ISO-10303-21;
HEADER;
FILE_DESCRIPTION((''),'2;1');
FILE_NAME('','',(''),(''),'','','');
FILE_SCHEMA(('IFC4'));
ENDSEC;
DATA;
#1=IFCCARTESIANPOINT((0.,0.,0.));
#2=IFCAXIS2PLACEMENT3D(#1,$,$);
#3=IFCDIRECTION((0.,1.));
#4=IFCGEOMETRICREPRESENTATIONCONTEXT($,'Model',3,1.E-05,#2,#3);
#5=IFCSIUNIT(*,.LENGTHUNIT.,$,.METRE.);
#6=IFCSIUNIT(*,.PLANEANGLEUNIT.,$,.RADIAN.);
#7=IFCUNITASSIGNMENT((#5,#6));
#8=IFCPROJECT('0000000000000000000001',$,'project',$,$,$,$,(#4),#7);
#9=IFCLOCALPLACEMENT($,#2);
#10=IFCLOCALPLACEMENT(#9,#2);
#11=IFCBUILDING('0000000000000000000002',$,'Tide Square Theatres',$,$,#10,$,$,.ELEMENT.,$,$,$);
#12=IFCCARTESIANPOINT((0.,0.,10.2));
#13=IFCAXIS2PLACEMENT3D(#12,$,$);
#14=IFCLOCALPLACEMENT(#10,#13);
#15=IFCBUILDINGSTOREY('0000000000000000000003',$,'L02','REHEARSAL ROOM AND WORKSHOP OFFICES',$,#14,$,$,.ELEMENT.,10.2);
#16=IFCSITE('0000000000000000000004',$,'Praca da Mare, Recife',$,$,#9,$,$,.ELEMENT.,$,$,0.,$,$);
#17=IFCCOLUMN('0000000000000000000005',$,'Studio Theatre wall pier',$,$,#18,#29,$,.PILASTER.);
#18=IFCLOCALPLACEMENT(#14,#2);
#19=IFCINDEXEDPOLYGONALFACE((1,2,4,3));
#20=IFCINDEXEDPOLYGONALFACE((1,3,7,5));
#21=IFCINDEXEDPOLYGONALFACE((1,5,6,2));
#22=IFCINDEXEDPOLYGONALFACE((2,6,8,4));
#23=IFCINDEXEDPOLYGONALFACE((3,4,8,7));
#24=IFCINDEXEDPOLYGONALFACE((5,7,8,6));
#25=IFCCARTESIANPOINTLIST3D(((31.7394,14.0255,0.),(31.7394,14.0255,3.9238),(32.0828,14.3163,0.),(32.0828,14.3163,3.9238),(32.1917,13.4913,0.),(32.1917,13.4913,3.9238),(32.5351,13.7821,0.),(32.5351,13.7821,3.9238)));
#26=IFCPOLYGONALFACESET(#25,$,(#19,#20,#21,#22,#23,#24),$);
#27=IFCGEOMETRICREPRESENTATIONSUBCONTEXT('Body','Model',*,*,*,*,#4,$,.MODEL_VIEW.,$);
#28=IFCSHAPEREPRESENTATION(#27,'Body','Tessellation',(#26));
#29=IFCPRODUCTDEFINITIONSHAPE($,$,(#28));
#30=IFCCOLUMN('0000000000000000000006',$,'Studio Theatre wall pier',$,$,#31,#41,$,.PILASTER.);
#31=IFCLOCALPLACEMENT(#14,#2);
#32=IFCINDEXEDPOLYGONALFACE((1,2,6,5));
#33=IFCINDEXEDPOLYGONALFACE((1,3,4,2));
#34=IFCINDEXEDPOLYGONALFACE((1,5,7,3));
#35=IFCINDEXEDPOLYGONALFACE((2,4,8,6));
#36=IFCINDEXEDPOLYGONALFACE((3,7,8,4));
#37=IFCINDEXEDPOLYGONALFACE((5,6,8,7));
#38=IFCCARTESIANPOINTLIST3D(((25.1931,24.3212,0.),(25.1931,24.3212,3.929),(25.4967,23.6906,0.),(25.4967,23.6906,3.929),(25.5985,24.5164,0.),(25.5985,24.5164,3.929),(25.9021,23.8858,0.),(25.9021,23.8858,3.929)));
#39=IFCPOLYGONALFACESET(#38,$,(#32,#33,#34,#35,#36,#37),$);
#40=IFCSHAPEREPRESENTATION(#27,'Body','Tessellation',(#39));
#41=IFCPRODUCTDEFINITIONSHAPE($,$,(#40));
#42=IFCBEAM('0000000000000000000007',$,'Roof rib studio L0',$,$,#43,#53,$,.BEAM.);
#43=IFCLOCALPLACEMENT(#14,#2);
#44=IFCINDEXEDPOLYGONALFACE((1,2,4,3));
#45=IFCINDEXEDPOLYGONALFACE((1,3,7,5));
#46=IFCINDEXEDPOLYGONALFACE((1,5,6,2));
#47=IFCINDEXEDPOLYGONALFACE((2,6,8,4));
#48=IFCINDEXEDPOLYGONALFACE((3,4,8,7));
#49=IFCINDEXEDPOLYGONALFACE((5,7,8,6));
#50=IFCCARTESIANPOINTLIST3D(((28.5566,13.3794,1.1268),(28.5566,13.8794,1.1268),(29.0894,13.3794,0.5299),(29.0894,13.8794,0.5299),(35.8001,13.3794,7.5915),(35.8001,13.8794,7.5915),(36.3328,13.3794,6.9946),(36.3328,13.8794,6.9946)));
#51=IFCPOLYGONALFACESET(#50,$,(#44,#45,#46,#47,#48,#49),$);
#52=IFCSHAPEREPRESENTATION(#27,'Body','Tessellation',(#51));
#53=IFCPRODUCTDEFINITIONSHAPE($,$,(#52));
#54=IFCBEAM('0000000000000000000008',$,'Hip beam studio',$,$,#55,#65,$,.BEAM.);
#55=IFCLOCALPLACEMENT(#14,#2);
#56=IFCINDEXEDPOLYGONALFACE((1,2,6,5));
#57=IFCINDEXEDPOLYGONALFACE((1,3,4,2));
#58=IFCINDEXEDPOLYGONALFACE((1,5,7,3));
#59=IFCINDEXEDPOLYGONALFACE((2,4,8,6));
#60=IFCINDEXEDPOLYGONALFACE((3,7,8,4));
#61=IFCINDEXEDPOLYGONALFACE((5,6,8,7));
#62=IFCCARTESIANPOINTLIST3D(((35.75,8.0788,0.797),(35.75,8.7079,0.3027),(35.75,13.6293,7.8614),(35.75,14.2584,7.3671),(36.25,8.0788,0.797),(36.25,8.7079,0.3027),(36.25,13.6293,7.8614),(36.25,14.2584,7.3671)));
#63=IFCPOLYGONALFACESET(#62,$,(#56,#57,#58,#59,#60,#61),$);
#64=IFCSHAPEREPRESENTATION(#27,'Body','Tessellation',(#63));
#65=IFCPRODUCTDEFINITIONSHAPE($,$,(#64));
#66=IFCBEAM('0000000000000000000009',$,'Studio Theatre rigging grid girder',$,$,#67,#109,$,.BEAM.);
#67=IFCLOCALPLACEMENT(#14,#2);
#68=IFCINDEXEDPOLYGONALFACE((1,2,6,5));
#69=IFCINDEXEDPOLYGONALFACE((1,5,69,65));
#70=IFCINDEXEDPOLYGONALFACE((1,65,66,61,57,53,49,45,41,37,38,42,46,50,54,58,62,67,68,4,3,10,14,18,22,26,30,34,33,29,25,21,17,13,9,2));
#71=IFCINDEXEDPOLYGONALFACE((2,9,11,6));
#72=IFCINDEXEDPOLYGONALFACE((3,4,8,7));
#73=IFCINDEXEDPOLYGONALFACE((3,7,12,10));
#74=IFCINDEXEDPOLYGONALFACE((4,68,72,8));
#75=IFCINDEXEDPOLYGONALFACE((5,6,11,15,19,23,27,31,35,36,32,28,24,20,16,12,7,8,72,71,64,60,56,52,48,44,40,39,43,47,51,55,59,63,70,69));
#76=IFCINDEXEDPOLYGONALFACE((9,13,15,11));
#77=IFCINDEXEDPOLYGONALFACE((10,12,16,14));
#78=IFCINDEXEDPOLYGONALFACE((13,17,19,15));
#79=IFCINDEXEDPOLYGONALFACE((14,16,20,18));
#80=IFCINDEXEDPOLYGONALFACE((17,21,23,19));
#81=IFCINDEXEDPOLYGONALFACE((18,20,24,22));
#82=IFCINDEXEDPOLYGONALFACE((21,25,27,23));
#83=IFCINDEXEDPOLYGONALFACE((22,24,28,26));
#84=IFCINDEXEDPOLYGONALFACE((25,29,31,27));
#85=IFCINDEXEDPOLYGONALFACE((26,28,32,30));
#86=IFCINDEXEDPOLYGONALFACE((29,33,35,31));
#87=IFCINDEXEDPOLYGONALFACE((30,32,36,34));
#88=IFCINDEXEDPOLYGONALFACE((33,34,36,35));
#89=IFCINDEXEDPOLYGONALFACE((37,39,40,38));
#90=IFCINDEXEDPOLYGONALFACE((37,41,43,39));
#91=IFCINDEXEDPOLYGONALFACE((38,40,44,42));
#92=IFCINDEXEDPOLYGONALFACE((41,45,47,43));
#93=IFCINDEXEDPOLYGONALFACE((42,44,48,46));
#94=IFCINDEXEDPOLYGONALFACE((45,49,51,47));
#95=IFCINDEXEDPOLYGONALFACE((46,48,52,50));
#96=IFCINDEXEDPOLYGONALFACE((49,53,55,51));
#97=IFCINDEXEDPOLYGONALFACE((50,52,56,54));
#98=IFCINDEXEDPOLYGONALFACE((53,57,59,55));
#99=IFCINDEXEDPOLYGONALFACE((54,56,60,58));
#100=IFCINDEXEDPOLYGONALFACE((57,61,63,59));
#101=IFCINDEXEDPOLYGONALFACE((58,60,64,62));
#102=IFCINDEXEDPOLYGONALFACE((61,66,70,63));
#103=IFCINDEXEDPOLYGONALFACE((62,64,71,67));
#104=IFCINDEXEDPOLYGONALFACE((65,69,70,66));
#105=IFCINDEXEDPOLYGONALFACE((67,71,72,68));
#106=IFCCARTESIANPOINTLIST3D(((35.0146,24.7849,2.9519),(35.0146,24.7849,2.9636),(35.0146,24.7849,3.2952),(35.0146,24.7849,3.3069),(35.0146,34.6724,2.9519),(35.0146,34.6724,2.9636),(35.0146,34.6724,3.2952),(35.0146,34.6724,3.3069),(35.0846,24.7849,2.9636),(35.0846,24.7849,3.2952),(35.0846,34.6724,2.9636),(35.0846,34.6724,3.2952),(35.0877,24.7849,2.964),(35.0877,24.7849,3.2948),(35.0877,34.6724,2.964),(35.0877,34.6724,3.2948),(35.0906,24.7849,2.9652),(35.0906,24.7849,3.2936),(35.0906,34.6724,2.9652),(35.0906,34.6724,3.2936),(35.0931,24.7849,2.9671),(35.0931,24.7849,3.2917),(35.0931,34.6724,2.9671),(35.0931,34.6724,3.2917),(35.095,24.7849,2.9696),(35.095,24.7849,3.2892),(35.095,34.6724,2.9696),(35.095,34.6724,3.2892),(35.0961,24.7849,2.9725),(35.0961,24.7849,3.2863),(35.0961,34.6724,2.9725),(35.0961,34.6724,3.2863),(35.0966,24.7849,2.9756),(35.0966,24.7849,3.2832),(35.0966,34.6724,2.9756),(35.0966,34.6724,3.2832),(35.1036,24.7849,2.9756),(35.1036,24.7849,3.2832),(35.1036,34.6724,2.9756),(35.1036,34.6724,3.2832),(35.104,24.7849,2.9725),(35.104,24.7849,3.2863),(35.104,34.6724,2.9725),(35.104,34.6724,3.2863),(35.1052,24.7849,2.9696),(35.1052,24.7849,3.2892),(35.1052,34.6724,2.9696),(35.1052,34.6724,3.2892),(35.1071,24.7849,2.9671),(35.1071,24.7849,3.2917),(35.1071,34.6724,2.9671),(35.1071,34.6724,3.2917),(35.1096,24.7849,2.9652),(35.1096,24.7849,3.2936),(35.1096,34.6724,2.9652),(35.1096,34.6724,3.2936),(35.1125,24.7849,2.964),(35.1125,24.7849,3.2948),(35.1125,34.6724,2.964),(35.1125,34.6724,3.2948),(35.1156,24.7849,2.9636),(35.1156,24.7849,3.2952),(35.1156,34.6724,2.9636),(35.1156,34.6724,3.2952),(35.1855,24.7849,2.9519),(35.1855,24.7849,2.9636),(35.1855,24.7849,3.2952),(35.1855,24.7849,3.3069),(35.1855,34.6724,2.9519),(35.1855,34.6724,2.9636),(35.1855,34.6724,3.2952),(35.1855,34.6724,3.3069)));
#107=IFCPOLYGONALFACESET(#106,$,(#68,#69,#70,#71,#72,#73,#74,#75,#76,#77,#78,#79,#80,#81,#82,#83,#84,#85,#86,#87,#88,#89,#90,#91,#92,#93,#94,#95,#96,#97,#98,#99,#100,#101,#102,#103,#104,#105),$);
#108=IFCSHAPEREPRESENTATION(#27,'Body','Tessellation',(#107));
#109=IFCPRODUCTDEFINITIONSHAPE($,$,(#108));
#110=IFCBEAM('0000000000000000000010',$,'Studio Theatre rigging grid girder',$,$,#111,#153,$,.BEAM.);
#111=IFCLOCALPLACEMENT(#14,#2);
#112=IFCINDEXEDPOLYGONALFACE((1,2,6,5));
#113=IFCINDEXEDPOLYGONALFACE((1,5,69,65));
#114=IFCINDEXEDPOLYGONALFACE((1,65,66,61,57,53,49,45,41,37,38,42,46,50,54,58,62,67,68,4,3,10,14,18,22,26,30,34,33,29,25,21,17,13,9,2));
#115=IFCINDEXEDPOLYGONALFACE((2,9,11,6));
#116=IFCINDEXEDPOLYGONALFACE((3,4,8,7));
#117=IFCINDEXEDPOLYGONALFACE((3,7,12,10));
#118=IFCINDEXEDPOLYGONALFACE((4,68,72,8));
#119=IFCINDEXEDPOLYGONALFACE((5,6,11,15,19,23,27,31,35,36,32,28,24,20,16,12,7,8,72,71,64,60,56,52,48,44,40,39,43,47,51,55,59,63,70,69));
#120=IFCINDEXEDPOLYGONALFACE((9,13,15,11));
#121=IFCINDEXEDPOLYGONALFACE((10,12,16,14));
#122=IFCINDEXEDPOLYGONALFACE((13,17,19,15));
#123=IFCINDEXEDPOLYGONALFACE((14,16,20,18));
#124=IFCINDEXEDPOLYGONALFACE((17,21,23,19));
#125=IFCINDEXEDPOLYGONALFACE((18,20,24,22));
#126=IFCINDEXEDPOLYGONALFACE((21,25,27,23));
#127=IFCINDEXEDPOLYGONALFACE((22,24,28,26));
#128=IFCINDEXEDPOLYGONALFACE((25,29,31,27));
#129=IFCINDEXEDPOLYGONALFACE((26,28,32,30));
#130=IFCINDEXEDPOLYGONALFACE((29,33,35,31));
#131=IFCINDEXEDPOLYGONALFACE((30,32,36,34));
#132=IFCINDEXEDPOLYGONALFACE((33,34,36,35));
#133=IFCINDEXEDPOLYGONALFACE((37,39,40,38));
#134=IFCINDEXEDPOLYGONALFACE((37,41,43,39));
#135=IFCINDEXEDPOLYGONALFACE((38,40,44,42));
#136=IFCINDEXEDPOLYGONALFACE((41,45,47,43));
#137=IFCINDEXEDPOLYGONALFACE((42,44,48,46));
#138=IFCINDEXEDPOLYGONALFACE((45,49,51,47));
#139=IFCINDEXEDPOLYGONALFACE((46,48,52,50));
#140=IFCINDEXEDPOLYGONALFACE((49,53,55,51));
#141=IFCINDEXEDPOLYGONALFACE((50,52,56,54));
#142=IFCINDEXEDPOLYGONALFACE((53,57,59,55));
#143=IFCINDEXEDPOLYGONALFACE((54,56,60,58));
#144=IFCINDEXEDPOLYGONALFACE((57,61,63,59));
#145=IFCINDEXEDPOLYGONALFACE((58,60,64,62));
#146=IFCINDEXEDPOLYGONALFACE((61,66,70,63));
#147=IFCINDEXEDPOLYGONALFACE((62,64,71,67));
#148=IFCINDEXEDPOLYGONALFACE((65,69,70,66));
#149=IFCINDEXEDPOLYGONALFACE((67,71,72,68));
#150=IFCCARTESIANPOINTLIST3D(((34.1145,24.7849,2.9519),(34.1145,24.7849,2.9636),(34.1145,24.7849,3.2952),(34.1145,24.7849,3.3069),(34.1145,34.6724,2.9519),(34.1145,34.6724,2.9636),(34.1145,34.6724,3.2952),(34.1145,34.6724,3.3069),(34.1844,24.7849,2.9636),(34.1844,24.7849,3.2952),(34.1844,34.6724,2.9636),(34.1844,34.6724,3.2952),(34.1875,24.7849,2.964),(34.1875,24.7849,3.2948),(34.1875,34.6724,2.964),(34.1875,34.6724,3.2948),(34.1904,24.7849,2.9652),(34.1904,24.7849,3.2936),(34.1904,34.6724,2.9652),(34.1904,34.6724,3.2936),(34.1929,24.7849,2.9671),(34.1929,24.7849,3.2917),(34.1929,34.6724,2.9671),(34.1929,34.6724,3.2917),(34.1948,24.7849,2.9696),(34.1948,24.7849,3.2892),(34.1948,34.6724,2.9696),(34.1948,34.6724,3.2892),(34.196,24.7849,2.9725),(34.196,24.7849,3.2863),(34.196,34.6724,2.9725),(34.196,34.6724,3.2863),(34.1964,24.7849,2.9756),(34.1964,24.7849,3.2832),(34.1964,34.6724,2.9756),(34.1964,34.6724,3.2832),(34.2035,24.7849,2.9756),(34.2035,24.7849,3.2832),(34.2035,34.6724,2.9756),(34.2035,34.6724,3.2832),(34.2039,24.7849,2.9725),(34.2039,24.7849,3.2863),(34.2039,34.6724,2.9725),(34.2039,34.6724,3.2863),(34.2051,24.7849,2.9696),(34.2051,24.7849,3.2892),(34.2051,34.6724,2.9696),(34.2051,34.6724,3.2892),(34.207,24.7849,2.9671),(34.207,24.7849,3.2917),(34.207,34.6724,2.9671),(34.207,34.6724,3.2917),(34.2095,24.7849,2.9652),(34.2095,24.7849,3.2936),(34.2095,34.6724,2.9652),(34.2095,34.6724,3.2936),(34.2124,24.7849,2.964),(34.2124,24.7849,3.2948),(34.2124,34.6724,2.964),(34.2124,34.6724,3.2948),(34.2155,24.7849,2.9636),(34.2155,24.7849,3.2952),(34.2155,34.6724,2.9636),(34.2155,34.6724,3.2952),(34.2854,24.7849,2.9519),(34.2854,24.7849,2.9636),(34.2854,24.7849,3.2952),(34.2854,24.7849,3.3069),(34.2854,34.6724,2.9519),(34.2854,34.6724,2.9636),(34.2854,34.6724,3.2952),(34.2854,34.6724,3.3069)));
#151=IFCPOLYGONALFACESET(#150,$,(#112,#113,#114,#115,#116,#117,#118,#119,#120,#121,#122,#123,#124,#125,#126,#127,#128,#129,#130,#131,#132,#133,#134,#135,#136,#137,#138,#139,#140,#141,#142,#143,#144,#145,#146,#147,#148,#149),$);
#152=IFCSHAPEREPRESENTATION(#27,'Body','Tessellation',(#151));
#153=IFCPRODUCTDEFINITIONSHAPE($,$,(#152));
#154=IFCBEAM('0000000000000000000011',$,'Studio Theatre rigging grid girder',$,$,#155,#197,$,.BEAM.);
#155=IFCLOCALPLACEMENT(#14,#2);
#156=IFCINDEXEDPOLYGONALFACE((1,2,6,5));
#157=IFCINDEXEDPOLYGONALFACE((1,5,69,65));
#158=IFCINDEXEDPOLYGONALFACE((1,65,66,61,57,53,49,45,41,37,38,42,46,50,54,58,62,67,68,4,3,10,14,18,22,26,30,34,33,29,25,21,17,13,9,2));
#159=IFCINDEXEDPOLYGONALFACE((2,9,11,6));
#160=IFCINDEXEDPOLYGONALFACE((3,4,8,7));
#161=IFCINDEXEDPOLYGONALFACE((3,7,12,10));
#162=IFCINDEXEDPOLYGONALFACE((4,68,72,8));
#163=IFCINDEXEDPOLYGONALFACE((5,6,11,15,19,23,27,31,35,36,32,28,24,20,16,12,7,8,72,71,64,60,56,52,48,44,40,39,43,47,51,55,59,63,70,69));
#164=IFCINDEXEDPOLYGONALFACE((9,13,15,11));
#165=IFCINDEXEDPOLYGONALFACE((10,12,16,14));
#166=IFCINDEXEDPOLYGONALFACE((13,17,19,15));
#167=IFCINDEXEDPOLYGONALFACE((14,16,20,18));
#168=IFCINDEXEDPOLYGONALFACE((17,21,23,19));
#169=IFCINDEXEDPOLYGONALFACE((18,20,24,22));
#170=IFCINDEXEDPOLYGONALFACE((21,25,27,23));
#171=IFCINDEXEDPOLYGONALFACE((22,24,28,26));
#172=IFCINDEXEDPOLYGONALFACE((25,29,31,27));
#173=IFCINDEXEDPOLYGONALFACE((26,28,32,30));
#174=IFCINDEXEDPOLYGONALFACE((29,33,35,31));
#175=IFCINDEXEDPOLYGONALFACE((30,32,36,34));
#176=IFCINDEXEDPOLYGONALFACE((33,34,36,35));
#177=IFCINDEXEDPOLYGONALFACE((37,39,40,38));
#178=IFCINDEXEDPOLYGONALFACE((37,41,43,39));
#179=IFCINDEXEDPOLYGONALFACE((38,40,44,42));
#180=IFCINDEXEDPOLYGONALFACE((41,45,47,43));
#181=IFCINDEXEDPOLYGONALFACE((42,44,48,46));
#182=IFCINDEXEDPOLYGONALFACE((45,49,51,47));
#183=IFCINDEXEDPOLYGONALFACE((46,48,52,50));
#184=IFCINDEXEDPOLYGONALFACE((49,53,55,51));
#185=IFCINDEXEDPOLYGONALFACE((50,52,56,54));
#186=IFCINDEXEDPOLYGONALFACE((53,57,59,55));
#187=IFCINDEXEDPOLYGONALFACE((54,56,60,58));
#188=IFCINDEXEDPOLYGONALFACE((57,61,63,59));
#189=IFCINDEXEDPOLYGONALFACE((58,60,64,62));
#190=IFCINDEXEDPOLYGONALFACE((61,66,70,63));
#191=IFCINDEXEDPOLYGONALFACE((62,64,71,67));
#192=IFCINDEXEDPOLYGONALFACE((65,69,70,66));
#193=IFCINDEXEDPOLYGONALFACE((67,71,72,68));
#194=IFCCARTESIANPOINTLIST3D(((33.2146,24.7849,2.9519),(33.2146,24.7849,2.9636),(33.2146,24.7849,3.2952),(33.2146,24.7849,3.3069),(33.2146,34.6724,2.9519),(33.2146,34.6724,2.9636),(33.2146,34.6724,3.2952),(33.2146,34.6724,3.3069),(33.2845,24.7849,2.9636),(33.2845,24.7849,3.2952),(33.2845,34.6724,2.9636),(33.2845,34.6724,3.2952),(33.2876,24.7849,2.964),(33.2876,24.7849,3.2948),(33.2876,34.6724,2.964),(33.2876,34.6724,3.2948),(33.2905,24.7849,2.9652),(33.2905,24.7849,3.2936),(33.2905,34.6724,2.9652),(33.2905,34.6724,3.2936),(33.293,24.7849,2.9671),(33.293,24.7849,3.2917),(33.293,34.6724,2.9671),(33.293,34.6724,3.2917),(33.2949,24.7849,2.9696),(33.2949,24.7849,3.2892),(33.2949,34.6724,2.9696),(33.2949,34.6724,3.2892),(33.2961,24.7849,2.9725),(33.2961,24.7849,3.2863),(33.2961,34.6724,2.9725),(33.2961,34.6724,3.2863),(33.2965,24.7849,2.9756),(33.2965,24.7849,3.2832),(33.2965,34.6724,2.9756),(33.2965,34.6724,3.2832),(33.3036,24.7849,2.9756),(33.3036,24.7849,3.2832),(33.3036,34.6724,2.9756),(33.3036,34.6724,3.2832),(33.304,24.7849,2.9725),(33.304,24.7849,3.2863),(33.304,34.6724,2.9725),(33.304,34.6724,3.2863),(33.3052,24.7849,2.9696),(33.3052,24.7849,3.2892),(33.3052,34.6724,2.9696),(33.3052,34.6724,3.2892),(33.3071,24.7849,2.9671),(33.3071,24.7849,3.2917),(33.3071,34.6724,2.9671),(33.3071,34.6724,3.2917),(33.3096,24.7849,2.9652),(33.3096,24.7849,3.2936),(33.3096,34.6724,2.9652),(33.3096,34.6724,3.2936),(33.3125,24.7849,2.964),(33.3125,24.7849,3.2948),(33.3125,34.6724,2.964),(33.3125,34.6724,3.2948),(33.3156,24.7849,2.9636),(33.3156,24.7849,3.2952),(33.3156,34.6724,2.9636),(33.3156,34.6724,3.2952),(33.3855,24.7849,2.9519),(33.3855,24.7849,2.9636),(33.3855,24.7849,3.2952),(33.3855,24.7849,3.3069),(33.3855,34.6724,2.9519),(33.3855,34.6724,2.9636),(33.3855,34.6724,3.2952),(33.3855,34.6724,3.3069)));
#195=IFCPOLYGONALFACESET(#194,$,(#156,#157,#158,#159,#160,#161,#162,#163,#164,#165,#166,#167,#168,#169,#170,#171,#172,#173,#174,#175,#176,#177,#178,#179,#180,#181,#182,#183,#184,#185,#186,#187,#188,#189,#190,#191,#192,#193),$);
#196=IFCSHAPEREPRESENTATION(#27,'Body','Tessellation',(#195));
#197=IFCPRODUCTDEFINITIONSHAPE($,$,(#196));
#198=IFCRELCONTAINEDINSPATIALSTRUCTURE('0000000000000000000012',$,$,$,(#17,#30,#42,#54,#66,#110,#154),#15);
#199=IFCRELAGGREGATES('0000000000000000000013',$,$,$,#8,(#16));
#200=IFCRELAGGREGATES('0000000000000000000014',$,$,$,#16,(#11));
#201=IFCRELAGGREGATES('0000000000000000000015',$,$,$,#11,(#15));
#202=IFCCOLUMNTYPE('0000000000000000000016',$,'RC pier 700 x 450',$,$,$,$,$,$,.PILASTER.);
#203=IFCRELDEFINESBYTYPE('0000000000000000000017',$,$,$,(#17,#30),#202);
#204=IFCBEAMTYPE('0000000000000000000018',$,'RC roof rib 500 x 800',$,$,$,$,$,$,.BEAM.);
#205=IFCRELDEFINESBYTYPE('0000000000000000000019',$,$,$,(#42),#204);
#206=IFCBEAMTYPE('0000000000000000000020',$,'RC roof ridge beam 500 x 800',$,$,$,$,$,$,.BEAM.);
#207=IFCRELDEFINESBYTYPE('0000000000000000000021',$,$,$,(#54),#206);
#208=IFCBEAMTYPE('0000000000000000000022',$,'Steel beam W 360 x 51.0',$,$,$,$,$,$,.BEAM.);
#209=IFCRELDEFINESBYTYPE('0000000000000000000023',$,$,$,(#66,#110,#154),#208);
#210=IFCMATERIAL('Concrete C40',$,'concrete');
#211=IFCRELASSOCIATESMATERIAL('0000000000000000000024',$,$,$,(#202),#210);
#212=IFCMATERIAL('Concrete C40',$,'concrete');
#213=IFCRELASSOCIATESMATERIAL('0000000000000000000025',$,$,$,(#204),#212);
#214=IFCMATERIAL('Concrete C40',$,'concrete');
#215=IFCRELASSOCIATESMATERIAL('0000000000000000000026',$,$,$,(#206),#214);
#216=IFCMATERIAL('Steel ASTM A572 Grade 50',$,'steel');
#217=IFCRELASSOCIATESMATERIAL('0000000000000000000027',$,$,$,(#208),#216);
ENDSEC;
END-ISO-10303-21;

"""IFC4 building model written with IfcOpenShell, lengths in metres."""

from ifc_helpers import new_model, si_unit, direction, frame, origin, origin_2d, place, context, subcontext, project, spatial, rectangle, i_section, extrude, material, material_profile, profile_set, type_object, element, save


model = new_model("IFC4")

# Units and contexts
model_context = context("Model", 3, precision=1e-05, world=origin(), true_north=direction((0.0, 1.0)))
body_context = subcontext(model_context, "Body", "Model", "MODEL_VIEW")
ifc_project = project(units=[si_unit("LENGTHUNIT", "METRE"), si_unit("PLANEANGLEUNIT", "RADIAN")], contexts=[model_context])

# Site, building, storey
site_placement = place(None, origin())
site = spatial("IfcSite", under=ifc_project, at=site_placement, Name="Praca da Mare, Recife", CompositionType="ELEMENT", RefElevation=0.0)
building_placement = place(site_placement, origin())
building = spatial("IfcBuilding", under=site, at=building_placement, Name="Tide Square Theatres", CompositionType="ELEMENT")
storey_placement = place(building_placement, frame((0.0, 0.0, 10.2)))
storey = spatial("IfcBuildingStorey", under=building, at=storey_placement, Name="L02", Description="REHEARSAL ROOM AND WORKSHOP OFFICES", CompositionType="ELEMENT", Elevation=10.2)

# Columns
ifc_material_1 = material(Name="Concrete C40", Category="concrete")
ifc_material_profile_1 = material_profile(ifc_material_1, rectangle(XDim=0.7, YDim=0.45, at=origin_2d()))
ifc_profile_set_1 = profile_set([ifc_material_profile_1], Name="Concrete C40")
column_type = type_object("IfcColumnType", Name="RC pier 700 x 450", PredefinedType="PILASTER", material=ifc_profile_set_1)
column_1_placement = place(storey_placement, frame((32.1372, 13.9038, 0.0), z_axis=(0.0, 0.0, 1.0), x_axis=(0.646184, -0.763182, 0.0)))
element("IfcColumn", 1, at=column_1_placement, inside=storey, type_object=column_type, Name="Studio Theatre wall pier", PredefinedType="PILASTER", context=body_context, shape_type="SweptSolid", body=[
    extrude(rectangle(XDim=0.7, YDim=0.45, at=origin_2d()), origin(), (0.0, 0.0, 1.0), 3.9238),
])
column_2_placement = place(storey_placement, frame((25.5476, 24.1035, 0.0), z_axis=(0.0, 0.0, 1.0), x_axis=(0.433814, -0.901003, 0.0)))
element("IfcColumn", 2, at=column_2_placement, inside=storey, type_object=column_type, Name="Studio Theatre wall pier", PredefinedType="PILASTER", context=body_context, shape_type="SweptSolid", body=[
    extrude(rectangle(XDim=0.7, YDim=0.45, at=origin_2d()), origin(), (0.0, 0.0, 1.0), 3.929),
])

# Beams
ifc_material_2 = material(Name="Concrete C40", Category="concrete")
ifc_material_profile_2 = material_profile(ifc_material_2, rectangle(XDim=0.5, YDim=0.8, at=origin_2d()))
ifc_profile_set_2 = profile_set([ifc_material_profile_2], Name="Concrete C40")
beam_type_1 = type_object("IfcBeamType", Name="RC roof rib 500 x 800", PredefinedType="BEAM", material=ifc_profile_set_2)
beam_1_placement = place(storey_placement, frame((28.823, 13.6294, 0.8284), z_axis=(0.746077, 0.0, 0.665859), x_axis=(0.0, 1.0, 0.0)))
element("IfcBeam", 3, at=beam_1_placement, inside=storey, type_object=beam_type_1, Name="Roof rib studio L0", PredefinedType="BEAM", context=body_context, shape_type="SweptSolid", body=[
    extrude(rectangle(XDim=0.5, YDim=0.8, at=origin_2d()), origin(), (0.0, 0.0, 1.0), 9.7087),
])
ifc_material_3 = material(Name="Concrete C40", Category="concrete")
ifc_material_profile_3 = material_profile(ifc_material_3, rectangle(XDim=0.5, YDim=0.8, at=origin_2d()))
ifc_profile_set_3 = profile_set([ifc_material_profile_3], Name="Concrete C40")
beam_type_2 = type_object("IfcBeamType", Name="RC roof ridge beam 500 x 800", PredefinedType="BEAM", material=ifc_profile_set_3)
beam_2_placement = place(storey_placement, frame((36.0, 13.9438, 7.6143), z_axis=(0.0, -0.617814, -0.786324), x_axis=(1.0, 0.0, 0.0)))
element("IfcBeam", 4, at=beam_2_placement, inside=storey, type_object=beam_type_2, Name="Hip beam studio", PredefinedType="BEAM", context=body_context, shape_type="SweptSolid", body=[
    extrude(rectangle(XDim=0.5, YDim=0.8, at=origin_2d()), origin(), (0.0, 0.0, 1.0), 8.9841),
])
ifc_material_4 = material(Name="Steel ASTM A572 Grade 50", Category="steel")
ifc_material_profile_4 = material_profile(ifc_material_4, i_section(OverallWidth=0.1709, OverallDepth=0.355, WebThickness=0.0071, FlangeThickness=0.0117, FilletRadius=0.012, at=origin_2d()))
ifc_profile_set_4 = profile_set([ifc_material_profile_4], Name="Steel ASTM A572 Grade 50")
beam_type_3 = type_object("IfcBeamType", Name="Steel beam W 360 x 51.0", PredefinedType="BEAM", material=ifc_profile_set_4)
for number, where, z_axis, x_axis, name in (
    (5, (35.1001, 24.7849, 3.1294), (0.0, 1.0, 0.0), (-1.0, 0.0, 0.0), "Studio Theatre rigging grid girder"),
    (6, (34.2, 24.7849, 3.1294), (0.0, 1.0, 0.0), (-1.0, 0.0, 0.0), "Studio Theatre rigging grid girder"),
    (7, (33.3, 24.7849, 3.1294), (0.0, 1.0, 0.0), (-1.0, 0.0, 0.0), "Studio Theatre rigging grid girder"),
):
    element("IfcBeam", number, at=place(storey_placement, frame(where, z_axis=z_axis, x_axis=x_axis)), inside=storey, type_object=beam_type_3, Name=name, PredefinedType="BEAM", context=body_context, shape_type="SweptSolid", body=[
        extrude(i_section(OverallWidth=0.1709, OverallDepth=0.355, WebThickness=0.0071, FlangeThickness=0.0117, FilletRadius=0.012, at=origin_2d()), origin(), (0.0, 0.0, 1.0), 9.8875),
    ])

save(model, "model.ifc")
